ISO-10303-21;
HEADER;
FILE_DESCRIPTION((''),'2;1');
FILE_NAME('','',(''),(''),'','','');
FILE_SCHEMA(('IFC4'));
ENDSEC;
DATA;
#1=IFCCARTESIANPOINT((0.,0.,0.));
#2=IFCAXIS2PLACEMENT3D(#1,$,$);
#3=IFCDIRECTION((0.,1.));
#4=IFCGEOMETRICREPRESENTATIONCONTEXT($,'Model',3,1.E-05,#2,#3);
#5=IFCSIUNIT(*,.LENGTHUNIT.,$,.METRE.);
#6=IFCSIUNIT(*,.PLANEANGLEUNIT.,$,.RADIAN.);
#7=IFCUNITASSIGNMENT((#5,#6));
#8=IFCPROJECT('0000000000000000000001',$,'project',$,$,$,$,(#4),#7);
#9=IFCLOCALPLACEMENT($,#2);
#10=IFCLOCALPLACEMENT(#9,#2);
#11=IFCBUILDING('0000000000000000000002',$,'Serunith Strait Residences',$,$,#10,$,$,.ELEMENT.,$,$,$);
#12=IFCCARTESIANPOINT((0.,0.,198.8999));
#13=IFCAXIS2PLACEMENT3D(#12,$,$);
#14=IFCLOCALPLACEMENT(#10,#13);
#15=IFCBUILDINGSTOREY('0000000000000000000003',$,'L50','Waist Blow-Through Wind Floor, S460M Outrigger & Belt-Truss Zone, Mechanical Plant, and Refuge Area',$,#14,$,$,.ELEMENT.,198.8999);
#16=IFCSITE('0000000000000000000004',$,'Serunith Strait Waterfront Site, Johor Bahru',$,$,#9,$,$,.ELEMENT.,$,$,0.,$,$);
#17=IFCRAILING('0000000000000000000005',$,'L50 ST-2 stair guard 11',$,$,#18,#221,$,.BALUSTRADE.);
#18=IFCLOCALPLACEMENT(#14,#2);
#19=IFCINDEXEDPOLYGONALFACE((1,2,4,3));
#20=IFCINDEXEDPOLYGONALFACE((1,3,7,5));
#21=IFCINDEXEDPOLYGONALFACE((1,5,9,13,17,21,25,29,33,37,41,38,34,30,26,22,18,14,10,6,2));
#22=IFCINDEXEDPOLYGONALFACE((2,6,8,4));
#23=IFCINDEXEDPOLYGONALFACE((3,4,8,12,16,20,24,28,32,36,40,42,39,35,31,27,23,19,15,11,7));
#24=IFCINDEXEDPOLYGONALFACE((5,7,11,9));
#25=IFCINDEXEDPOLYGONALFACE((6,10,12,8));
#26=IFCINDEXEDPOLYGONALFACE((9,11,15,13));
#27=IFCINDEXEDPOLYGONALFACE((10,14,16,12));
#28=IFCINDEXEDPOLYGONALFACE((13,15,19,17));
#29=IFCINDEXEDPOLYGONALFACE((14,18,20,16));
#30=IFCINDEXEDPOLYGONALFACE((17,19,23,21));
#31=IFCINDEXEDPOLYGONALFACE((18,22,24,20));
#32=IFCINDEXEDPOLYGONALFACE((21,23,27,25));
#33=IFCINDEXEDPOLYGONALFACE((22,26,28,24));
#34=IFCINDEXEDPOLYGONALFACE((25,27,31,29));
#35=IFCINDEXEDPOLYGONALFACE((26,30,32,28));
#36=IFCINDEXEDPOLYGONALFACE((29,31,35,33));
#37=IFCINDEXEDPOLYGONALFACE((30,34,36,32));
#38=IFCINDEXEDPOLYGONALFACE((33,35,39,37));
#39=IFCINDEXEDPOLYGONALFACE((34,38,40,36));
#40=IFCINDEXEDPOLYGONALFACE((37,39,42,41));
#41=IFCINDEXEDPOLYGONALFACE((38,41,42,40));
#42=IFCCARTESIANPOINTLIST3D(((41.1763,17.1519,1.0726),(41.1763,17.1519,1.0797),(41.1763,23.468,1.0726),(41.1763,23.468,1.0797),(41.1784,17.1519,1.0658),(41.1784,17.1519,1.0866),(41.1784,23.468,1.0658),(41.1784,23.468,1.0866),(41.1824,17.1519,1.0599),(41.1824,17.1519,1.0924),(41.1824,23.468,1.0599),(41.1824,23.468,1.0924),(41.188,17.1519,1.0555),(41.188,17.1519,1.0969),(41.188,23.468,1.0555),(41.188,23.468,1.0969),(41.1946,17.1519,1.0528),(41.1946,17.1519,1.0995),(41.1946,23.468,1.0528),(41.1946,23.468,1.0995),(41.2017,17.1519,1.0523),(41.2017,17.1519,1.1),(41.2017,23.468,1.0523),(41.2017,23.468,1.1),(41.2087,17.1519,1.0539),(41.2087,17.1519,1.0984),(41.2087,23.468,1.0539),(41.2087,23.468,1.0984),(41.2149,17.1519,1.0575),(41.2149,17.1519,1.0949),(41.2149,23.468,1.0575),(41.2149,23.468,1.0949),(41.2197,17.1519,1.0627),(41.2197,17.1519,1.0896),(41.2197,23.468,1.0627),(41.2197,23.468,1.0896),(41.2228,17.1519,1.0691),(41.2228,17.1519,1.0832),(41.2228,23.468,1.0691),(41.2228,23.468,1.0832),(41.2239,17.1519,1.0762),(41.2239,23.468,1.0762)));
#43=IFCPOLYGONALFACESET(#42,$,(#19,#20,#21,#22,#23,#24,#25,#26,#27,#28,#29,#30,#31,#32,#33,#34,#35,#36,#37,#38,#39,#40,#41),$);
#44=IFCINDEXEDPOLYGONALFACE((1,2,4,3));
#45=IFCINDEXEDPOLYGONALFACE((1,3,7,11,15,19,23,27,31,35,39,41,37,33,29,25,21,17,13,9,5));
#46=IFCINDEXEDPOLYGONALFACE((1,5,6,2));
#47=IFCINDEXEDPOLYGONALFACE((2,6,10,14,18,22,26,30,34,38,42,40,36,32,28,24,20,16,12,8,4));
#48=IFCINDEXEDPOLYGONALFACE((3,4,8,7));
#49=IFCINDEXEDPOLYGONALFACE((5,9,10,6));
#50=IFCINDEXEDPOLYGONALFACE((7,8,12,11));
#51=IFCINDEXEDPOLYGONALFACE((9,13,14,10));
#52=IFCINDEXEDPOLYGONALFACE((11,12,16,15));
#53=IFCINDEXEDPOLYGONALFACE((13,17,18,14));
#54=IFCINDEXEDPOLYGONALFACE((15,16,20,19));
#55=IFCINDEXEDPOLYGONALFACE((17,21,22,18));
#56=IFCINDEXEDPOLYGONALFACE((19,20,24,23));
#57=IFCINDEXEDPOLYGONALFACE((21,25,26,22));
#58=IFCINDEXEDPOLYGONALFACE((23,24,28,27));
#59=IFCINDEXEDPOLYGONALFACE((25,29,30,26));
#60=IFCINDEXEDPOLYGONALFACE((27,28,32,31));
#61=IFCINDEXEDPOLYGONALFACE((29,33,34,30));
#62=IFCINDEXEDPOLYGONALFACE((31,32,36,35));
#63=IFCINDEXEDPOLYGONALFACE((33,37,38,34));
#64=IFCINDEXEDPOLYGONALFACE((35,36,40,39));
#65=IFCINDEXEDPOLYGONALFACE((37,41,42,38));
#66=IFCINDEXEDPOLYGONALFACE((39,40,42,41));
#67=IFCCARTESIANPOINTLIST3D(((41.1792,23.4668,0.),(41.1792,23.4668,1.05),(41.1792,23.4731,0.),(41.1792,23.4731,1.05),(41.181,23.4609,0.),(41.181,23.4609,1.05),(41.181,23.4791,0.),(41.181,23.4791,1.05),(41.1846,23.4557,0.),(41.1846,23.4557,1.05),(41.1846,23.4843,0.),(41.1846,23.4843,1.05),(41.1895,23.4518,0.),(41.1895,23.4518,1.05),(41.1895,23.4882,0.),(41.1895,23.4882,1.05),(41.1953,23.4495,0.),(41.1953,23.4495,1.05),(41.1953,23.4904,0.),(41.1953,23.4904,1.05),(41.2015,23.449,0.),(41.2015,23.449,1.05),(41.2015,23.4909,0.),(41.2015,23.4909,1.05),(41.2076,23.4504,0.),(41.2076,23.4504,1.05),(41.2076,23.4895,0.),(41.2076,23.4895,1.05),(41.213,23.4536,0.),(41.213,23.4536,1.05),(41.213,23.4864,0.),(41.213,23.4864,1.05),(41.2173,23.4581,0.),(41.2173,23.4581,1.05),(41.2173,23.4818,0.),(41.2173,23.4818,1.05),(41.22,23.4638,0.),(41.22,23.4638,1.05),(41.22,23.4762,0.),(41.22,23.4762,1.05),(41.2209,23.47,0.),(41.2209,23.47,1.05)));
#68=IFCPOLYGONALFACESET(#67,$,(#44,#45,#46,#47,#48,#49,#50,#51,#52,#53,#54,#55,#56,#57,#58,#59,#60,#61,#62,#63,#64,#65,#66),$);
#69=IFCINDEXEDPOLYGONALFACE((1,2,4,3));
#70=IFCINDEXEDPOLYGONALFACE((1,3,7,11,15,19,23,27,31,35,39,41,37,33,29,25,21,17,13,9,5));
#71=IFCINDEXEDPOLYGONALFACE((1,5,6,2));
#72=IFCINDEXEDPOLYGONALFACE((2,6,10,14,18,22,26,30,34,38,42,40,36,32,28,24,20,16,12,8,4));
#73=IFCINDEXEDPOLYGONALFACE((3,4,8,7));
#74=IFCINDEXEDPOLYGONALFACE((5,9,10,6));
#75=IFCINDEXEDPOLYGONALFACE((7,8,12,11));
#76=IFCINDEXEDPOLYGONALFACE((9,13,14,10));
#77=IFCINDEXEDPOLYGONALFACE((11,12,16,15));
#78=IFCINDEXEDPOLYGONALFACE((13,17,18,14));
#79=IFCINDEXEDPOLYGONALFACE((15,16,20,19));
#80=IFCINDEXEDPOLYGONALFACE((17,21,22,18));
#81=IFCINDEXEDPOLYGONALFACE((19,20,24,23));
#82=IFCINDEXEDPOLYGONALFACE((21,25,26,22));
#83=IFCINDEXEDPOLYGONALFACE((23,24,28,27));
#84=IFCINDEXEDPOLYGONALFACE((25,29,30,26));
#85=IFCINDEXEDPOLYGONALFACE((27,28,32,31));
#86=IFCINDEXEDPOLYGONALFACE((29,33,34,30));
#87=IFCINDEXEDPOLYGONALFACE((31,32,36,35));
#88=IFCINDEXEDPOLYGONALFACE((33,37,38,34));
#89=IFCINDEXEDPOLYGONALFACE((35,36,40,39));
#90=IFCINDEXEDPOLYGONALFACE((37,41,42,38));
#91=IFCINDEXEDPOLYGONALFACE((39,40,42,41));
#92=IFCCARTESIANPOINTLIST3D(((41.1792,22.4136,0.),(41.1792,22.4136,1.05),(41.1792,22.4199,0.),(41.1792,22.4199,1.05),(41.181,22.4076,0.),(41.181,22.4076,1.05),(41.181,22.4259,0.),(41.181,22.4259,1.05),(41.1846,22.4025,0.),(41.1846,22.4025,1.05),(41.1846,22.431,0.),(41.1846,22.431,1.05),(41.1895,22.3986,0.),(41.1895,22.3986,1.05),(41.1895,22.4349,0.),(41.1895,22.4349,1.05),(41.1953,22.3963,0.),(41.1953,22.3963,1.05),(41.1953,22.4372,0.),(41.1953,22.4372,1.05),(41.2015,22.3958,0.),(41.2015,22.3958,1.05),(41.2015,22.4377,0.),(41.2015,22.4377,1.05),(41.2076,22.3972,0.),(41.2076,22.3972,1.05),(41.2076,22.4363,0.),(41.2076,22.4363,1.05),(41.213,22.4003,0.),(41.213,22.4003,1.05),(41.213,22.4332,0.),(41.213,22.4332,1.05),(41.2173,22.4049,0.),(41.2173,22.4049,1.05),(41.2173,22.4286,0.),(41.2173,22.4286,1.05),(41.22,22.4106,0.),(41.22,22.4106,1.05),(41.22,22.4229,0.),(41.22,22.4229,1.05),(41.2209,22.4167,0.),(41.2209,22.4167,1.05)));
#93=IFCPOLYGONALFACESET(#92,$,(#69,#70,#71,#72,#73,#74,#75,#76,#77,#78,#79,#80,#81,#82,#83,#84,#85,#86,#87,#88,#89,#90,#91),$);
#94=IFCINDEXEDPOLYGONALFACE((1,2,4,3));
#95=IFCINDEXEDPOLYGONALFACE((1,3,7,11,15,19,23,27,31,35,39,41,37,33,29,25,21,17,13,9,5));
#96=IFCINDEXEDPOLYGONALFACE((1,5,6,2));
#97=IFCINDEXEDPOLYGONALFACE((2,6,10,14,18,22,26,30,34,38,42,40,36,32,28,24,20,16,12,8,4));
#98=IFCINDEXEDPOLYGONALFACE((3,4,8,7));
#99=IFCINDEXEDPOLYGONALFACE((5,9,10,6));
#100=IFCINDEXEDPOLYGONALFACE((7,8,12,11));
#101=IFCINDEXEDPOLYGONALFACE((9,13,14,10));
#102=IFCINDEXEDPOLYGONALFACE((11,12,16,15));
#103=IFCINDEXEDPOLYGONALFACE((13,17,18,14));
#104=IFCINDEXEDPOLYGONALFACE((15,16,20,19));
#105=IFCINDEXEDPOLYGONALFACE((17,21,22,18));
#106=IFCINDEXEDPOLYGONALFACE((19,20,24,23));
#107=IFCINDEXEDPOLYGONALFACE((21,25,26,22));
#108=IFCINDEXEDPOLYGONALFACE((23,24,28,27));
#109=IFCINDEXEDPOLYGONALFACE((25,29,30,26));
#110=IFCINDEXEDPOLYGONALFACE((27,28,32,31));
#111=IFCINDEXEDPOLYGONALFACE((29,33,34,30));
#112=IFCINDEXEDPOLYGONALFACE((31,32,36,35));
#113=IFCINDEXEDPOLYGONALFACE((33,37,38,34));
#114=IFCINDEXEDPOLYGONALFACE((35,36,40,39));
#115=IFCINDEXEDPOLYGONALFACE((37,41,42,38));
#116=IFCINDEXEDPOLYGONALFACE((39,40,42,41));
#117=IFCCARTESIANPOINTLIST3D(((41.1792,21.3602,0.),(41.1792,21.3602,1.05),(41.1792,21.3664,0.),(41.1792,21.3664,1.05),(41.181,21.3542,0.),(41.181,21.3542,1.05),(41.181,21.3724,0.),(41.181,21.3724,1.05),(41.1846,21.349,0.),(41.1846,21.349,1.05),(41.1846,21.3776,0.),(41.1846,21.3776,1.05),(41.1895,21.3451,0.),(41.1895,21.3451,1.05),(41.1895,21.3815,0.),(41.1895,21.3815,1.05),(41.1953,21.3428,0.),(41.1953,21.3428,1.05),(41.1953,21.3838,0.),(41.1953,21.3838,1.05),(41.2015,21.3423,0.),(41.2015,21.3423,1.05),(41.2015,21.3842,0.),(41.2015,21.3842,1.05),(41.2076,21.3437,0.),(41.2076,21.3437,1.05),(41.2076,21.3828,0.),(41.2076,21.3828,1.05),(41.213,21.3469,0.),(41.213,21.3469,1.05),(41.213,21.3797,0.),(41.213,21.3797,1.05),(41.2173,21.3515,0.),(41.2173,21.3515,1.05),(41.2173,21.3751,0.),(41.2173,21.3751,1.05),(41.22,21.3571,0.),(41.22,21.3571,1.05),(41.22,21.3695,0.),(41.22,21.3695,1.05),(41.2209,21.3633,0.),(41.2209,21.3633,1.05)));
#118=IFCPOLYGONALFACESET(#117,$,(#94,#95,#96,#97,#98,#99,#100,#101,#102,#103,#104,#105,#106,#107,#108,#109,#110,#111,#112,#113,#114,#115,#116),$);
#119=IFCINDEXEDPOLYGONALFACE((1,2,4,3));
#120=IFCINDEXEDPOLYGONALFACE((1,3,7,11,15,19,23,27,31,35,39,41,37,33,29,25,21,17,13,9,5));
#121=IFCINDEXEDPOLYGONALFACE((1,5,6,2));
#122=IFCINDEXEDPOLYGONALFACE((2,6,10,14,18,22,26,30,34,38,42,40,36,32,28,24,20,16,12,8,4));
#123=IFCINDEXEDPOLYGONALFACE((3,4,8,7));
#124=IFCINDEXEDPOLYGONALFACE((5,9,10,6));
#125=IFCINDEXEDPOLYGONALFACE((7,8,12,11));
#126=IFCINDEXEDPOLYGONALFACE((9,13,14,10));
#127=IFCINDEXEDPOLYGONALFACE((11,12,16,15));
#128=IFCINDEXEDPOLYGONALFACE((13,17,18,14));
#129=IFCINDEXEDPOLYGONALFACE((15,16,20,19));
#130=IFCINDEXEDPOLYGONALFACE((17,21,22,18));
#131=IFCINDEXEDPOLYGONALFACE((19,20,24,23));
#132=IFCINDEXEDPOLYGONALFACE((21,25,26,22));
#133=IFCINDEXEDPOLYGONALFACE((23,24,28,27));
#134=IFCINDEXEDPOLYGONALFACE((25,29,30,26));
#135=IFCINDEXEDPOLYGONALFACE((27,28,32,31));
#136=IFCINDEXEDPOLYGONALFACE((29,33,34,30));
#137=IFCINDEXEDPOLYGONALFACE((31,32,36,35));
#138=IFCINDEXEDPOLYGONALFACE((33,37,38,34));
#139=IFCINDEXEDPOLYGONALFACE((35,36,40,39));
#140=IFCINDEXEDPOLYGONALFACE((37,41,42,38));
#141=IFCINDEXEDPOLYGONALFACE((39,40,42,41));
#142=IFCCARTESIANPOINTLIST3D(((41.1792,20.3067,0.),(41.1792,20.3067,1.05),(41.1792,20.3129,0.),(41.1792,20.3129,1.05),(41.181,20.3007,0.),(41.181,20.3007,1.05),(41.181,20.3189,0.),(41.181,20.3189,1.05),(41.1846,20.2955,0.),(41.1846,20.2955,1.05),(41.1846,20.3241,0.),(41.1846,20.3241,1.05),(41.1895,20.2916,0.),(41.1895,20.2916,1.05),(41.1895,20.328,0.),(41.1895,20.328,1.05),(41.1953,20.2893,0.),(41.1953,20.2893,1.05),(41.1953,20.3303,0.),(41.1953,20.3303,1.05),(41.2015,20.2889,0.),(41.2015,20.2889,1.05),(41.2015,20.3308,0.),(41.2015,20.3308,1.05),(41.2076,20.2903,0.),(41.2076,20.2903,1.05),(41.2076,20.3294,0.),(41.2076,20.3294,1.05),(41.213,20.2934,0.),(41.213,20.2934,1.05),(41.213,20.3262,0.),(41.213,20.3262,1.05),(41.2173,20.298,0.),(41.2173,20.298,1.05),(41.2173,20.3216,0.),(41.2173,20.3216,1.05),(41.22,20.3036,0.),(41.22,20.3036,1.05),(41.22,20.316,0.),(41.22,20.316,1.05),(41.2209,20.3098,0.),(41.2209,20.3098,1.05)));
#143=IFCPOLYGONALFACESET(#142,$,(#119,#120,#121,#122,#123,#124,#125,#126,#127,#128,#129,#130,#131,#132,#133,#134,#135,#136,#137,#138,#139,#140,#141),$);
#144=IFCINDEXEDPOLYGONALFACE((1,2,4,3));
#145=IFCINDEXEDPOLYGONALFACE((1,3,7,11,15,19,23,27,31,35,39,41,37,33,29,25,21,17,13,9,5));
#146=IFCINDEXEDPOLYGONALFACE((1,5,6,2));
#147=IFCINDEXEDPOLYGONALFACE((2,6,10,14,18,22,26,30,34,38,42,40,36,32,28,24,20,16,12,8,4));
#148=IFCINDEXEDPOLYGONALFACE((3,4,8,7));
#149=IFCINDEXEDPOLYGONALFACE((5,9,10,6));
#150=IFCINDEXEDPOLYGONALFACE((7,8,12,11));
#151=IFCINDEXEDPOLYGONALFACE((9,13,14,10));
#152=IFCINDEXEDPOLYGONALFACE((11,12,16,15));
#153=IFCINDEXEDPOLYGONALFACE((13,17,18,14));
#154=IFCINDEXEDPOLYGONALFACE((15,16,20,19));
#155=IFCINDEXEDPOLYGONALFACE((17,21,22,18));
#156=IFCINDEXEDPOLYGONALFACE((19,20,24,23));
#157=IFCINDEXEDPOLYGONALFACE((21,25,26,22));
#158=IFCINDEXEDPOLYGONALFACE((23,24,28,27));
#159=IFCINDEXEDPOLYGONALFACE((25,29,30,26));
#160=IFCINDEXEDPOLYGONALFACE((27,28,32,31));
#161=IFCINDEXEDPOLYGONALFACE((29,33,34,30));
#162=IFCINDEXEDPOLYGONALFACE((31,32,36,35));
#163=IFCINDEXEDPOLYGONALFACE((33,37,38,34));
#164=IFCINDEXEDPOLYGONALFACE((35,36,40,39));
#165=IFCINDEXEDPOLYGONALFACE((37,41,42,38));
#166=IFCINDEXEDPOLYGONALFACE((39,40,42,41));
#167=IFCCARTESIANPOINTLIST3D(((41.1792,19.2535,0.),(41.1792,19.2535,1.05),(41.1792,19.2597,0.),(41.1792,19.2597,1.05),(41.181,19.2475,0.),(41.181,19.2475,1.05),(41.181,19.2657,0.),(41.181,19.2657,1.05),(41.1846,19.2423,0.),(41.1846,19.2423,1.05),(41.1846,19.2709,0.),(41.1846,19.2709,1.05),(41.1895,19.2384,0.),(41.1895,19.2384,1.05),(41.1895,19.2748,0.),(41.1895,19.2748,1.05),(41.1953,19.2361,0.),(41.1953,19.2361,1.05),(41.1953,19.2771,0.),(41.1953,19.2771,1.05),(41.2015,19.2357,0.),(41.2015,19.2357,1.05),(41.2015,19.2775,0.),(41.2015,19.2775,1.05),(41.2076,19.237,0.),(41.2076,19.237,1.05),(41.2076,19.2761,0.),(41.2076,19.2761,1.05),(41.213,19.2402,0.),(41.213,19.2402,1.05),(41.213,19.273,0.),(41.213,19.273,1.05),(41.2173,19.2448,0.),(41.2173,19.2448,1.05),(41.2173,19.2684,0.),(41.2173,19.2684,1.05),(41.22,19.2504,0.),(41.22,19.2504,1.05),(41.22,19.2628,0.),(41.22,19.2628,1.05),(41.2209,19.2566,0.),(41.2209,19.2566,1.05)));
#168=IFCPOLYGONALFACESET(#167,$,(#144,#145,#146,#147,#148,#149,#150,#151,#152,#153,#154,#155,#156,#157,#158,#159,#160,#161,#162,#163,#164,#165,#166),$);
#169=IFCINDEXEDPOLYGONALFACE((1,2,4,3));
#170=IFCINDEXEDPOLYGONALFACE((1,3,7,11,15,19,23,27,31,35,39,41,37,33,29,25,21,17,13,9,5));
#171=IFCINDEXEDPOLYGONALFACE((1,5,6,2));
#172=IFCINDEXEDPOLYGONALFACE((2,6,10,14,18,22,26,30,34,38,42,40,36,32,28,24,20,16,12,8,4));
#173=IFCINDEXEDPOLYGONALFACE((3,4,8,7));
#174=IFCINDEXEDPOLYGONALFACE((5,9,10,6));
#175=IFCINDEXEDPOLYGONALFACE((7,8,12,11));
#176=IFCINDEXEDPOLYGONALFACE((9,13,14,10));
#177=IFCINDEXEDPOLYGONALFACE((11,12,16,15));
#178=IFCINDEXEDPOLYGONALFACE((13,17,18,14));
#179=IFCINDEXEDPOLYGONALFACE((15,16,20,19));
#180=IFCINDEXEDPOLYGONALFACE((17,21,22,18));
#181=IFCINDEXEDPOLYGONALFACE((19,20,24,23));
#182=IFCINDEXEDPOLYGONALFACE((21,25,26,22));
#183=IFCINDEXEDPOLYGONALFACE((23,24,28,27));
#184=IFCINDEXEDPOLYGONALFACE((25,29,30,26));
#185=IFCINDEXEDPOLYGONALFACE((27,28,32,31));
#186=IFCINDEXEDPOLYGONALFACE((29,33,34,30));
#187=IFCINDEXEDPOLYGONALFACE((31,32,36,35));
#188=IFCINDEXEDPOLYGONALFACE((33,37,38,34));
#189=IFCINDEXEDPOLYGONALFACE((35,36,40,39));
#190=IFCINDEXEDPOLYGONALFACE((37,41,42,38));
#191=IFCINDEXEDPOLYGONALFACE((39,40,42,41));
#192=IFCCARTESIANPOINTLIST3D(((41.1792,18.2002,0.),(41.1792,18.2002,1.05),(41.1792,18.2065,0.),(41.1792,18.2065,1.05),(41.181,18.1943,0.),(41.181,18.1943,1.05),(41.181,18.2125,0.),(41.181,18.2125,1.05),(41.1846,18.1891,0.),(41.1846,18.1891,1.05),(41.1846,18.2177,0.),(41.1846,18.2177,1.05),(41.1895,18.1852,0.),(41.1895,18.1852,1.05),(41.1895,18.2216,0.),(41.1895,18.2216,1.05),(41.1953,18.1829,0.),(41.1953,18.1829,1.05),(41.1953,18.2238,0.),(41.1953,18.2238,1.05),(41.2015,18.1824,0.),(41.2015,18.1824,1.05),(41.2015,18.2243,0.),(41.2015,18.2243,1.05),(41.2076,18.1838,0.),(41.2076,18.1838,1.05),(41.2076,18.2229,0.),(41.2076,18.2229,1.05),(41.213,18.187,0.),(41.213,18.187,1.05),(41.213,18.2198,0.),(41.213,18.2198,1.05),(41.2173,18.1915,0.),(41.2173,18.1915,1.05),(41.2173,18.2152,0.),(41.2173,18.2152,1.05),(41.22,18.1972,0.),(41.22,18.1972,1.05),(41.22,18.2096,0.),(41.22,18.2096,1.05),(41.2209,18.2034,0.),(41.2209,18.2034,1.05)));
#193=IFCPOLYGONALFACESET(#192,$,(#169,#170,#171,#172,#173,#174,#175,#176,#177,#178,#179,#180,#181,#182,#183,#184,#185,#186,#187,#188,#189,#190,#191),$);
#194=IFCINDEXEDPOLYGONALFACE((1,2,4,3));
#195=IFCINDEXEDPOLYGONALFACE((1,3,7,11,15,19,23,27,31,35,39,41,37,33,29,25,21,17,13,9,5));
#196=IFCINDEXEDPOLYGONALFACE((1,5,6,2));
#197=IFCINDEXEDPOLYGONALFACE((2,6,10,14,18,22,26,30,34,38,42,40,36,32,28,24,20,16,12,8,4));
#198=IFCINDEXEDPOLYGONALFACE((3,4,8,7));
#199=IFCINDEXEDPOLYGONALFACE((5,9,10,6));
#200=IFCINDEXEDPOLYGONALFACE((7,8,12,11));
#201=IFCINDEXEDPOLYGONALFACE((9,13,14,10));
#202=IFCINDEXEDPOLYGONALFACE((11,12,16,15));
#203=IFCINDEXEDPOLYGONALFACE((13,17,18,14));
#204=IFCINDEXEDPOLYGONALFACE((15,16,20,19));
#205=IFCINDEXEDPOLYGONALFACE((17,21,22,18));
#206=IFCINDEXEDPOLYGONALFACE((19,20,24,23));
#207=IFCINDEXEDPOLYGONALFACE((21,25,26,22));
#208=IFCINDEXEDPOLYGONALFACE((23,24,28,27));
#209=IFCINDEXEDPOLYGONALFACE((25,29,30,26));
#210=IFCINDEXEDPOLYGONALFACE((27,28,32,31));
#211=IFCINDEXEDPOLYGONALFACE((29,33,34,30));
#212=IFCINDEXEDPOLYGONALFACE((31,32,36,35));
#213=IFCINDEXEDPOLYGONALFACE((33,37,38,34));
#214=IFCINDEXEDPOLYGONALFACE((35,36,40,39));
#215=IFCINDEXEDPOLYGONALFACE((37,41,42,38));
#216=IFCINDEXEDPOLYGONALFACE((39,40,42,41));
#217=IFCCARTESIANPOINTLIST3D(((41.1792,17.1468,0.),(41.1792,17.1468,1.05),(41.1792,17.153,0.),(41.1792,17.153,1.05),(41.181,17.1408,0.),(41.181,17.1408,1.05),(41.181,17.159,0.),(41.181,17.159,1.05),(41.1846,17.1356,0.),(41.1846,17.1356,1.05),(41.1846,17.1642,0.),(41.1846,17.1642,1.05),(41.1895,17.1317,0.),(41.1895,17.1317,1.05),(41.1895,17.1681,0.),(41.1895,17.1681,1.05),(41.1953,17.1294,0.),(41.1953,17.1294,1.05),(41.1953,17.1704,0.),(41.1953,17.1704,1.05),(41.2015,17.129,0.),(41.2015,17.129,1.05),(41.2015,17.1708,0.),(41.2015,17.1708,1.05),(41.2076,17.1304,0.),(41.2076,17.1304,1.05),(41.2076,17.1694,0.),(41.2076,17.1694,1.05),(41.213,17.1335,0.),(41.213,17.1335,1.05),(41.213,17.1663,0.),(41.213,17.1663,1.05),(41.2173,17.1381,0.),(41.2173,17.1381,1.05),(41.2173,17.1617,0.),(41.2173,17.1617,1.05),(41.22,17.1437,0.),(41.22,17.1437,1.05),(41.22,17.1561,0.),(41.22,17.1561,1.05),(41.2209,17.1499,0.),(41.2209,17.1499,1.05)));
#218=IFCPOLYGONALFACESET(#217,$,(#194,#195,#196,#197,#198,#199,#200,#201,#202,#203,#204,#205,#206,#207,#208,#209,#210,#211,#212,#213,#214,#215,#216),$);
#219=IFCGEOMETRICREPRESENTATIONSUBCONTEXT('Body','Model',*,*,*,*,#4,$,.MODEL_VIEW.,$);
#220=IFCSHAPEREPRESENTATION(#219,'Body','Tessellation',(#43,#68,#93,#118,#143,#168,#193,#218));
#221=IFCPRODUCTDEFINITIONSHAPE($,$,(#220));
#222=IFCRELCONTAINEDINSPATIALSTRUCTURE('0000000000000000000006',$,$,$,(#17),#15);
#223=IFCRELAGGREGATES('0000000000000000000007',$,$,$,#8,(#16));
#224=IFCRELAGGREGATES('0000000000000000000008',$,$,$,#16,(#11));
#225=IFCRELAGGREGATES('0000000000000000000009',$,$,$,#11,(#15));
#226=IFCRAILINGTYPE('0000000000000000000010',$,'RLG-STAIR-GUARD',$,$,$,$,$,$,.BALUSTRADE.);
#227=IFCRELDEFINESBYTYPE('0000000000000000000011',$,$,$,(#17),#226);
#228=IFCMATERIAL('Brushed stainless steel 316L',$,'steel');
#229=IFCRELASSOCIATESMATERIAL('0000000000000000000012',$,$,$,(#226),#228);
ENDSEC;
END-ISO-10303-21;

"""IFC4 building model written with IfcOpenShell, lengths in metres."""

from ifc_helpers import new_model, si_unit, direction, frame, origin, origin_2d, place, context, subcontext, project, spatial, circle, extrude, material, type_object, element, save


model = new_model("IFC4")

# Units and contexts
model_context = context("Model", 3, precision=1e-05, world=origin(), true_north=direction((0.0, 1.0)))
body_context = subcontext(model_context, "Body", "Model", "MODEL_VIEW")
ifc_project = project(units=[si_unit("LENGTHUNIT", "METRE"), si_unit("PLANEANGLEUNIT", "RADIAN")], contexts=[model_context])

# Site, building, storey
site_placement = place(None, origin())
site = spatial("IfcSite", under=ifc_project, at=site_placement, Name="Serunith Strait Waterfront Site, Johor Bahru", CompositionType="ELEMENT", RefElevation=0.0)
building_placement = place(site_placement, origin())
building = spatial("IfcBuilding", under=site, at=building_placement, Name="Serunith Strait Residences", CompositionType="ELEMENT")
storey_placement = place(building_placement, frame((0.0, 0.0, 198.8999)))
storey = spatial("IfcBuildingStorey", under=building, at=storey_placement, Name="L50", Description="Waist Blow-Through Wind Floor, S460M Outrigger & Belt-Truss Zone, Mechanical Plant, and Refuge Area", CompositionType="ELEMENT", Elevation=198.8999)

# Railing
ifc_material_1 = material(Name="Brushed stainless steel 316L", Category="steel")
railing_type = type_object("IfcRailingType", Name="RLG-STAIR-GUARD", PredefinedType="BALUSTRADE", material=ifc_material_1)
railing_placement = place(storey_placement, frame((41.2, 23.47, 0.0)))
element("IfcRailing", 1, at=railing_placement, inside=storey, type_object=railing_type, Name="L50 ST-2 stair guard 11", PredefinedType="BALUSTRADE", context=body_context, shape_type="SweptSolid", body=[
    extrude(circle(Radius=0.0239, at=origin_2d()), frame((0.0, -0.002, 1.0762), z_axis=(0.0, -1.0, 0.0), x_axis=(1.0, 0.0, 0.0)), (0.0, 0.0, 1.0), 6.3162),
    extrude(circle(Radius=0.021, at=origin_2d()), origin(), (0.0, 0.0, 1.0), 1.05),
    extrude(circle(Radius=0.021, at=origin_2d()), frame((0.0, -1.0532, 0.0)), (0.0, 0.0, 1.0), 1.05),
    extrude(circle(Radius=0.021, at=origin_2d()), frame((0.0, -2.1067, 0.0)), (0.0, 0.0, 1.0), 1.05),
    extrude(circle(Radius=0.021, at=origin_2d()), frame((0.0, -3.1602, 0.0)), (0.0, 0.0, 1.0), 1.05),
    extrude(circle(Radius=0.021, at=origin_2d()), frame((0.0, -4.2134, 0.0)), (0.0, 0.0, 1.0), 1.05),
    extrude(circle(Radius=0.021, at=origin_2d()), frame((0.0, -5.2666, 0.0)), (0.0, 0.0, 1.0), 1.05),
    extrude(circle(Radius=0.021, at=origin_2d()), frame((0.0, -6.3201, 0.0)), (0.0, 0.0, 1.0), 1.05),
])

save(model, "model.ifc")
